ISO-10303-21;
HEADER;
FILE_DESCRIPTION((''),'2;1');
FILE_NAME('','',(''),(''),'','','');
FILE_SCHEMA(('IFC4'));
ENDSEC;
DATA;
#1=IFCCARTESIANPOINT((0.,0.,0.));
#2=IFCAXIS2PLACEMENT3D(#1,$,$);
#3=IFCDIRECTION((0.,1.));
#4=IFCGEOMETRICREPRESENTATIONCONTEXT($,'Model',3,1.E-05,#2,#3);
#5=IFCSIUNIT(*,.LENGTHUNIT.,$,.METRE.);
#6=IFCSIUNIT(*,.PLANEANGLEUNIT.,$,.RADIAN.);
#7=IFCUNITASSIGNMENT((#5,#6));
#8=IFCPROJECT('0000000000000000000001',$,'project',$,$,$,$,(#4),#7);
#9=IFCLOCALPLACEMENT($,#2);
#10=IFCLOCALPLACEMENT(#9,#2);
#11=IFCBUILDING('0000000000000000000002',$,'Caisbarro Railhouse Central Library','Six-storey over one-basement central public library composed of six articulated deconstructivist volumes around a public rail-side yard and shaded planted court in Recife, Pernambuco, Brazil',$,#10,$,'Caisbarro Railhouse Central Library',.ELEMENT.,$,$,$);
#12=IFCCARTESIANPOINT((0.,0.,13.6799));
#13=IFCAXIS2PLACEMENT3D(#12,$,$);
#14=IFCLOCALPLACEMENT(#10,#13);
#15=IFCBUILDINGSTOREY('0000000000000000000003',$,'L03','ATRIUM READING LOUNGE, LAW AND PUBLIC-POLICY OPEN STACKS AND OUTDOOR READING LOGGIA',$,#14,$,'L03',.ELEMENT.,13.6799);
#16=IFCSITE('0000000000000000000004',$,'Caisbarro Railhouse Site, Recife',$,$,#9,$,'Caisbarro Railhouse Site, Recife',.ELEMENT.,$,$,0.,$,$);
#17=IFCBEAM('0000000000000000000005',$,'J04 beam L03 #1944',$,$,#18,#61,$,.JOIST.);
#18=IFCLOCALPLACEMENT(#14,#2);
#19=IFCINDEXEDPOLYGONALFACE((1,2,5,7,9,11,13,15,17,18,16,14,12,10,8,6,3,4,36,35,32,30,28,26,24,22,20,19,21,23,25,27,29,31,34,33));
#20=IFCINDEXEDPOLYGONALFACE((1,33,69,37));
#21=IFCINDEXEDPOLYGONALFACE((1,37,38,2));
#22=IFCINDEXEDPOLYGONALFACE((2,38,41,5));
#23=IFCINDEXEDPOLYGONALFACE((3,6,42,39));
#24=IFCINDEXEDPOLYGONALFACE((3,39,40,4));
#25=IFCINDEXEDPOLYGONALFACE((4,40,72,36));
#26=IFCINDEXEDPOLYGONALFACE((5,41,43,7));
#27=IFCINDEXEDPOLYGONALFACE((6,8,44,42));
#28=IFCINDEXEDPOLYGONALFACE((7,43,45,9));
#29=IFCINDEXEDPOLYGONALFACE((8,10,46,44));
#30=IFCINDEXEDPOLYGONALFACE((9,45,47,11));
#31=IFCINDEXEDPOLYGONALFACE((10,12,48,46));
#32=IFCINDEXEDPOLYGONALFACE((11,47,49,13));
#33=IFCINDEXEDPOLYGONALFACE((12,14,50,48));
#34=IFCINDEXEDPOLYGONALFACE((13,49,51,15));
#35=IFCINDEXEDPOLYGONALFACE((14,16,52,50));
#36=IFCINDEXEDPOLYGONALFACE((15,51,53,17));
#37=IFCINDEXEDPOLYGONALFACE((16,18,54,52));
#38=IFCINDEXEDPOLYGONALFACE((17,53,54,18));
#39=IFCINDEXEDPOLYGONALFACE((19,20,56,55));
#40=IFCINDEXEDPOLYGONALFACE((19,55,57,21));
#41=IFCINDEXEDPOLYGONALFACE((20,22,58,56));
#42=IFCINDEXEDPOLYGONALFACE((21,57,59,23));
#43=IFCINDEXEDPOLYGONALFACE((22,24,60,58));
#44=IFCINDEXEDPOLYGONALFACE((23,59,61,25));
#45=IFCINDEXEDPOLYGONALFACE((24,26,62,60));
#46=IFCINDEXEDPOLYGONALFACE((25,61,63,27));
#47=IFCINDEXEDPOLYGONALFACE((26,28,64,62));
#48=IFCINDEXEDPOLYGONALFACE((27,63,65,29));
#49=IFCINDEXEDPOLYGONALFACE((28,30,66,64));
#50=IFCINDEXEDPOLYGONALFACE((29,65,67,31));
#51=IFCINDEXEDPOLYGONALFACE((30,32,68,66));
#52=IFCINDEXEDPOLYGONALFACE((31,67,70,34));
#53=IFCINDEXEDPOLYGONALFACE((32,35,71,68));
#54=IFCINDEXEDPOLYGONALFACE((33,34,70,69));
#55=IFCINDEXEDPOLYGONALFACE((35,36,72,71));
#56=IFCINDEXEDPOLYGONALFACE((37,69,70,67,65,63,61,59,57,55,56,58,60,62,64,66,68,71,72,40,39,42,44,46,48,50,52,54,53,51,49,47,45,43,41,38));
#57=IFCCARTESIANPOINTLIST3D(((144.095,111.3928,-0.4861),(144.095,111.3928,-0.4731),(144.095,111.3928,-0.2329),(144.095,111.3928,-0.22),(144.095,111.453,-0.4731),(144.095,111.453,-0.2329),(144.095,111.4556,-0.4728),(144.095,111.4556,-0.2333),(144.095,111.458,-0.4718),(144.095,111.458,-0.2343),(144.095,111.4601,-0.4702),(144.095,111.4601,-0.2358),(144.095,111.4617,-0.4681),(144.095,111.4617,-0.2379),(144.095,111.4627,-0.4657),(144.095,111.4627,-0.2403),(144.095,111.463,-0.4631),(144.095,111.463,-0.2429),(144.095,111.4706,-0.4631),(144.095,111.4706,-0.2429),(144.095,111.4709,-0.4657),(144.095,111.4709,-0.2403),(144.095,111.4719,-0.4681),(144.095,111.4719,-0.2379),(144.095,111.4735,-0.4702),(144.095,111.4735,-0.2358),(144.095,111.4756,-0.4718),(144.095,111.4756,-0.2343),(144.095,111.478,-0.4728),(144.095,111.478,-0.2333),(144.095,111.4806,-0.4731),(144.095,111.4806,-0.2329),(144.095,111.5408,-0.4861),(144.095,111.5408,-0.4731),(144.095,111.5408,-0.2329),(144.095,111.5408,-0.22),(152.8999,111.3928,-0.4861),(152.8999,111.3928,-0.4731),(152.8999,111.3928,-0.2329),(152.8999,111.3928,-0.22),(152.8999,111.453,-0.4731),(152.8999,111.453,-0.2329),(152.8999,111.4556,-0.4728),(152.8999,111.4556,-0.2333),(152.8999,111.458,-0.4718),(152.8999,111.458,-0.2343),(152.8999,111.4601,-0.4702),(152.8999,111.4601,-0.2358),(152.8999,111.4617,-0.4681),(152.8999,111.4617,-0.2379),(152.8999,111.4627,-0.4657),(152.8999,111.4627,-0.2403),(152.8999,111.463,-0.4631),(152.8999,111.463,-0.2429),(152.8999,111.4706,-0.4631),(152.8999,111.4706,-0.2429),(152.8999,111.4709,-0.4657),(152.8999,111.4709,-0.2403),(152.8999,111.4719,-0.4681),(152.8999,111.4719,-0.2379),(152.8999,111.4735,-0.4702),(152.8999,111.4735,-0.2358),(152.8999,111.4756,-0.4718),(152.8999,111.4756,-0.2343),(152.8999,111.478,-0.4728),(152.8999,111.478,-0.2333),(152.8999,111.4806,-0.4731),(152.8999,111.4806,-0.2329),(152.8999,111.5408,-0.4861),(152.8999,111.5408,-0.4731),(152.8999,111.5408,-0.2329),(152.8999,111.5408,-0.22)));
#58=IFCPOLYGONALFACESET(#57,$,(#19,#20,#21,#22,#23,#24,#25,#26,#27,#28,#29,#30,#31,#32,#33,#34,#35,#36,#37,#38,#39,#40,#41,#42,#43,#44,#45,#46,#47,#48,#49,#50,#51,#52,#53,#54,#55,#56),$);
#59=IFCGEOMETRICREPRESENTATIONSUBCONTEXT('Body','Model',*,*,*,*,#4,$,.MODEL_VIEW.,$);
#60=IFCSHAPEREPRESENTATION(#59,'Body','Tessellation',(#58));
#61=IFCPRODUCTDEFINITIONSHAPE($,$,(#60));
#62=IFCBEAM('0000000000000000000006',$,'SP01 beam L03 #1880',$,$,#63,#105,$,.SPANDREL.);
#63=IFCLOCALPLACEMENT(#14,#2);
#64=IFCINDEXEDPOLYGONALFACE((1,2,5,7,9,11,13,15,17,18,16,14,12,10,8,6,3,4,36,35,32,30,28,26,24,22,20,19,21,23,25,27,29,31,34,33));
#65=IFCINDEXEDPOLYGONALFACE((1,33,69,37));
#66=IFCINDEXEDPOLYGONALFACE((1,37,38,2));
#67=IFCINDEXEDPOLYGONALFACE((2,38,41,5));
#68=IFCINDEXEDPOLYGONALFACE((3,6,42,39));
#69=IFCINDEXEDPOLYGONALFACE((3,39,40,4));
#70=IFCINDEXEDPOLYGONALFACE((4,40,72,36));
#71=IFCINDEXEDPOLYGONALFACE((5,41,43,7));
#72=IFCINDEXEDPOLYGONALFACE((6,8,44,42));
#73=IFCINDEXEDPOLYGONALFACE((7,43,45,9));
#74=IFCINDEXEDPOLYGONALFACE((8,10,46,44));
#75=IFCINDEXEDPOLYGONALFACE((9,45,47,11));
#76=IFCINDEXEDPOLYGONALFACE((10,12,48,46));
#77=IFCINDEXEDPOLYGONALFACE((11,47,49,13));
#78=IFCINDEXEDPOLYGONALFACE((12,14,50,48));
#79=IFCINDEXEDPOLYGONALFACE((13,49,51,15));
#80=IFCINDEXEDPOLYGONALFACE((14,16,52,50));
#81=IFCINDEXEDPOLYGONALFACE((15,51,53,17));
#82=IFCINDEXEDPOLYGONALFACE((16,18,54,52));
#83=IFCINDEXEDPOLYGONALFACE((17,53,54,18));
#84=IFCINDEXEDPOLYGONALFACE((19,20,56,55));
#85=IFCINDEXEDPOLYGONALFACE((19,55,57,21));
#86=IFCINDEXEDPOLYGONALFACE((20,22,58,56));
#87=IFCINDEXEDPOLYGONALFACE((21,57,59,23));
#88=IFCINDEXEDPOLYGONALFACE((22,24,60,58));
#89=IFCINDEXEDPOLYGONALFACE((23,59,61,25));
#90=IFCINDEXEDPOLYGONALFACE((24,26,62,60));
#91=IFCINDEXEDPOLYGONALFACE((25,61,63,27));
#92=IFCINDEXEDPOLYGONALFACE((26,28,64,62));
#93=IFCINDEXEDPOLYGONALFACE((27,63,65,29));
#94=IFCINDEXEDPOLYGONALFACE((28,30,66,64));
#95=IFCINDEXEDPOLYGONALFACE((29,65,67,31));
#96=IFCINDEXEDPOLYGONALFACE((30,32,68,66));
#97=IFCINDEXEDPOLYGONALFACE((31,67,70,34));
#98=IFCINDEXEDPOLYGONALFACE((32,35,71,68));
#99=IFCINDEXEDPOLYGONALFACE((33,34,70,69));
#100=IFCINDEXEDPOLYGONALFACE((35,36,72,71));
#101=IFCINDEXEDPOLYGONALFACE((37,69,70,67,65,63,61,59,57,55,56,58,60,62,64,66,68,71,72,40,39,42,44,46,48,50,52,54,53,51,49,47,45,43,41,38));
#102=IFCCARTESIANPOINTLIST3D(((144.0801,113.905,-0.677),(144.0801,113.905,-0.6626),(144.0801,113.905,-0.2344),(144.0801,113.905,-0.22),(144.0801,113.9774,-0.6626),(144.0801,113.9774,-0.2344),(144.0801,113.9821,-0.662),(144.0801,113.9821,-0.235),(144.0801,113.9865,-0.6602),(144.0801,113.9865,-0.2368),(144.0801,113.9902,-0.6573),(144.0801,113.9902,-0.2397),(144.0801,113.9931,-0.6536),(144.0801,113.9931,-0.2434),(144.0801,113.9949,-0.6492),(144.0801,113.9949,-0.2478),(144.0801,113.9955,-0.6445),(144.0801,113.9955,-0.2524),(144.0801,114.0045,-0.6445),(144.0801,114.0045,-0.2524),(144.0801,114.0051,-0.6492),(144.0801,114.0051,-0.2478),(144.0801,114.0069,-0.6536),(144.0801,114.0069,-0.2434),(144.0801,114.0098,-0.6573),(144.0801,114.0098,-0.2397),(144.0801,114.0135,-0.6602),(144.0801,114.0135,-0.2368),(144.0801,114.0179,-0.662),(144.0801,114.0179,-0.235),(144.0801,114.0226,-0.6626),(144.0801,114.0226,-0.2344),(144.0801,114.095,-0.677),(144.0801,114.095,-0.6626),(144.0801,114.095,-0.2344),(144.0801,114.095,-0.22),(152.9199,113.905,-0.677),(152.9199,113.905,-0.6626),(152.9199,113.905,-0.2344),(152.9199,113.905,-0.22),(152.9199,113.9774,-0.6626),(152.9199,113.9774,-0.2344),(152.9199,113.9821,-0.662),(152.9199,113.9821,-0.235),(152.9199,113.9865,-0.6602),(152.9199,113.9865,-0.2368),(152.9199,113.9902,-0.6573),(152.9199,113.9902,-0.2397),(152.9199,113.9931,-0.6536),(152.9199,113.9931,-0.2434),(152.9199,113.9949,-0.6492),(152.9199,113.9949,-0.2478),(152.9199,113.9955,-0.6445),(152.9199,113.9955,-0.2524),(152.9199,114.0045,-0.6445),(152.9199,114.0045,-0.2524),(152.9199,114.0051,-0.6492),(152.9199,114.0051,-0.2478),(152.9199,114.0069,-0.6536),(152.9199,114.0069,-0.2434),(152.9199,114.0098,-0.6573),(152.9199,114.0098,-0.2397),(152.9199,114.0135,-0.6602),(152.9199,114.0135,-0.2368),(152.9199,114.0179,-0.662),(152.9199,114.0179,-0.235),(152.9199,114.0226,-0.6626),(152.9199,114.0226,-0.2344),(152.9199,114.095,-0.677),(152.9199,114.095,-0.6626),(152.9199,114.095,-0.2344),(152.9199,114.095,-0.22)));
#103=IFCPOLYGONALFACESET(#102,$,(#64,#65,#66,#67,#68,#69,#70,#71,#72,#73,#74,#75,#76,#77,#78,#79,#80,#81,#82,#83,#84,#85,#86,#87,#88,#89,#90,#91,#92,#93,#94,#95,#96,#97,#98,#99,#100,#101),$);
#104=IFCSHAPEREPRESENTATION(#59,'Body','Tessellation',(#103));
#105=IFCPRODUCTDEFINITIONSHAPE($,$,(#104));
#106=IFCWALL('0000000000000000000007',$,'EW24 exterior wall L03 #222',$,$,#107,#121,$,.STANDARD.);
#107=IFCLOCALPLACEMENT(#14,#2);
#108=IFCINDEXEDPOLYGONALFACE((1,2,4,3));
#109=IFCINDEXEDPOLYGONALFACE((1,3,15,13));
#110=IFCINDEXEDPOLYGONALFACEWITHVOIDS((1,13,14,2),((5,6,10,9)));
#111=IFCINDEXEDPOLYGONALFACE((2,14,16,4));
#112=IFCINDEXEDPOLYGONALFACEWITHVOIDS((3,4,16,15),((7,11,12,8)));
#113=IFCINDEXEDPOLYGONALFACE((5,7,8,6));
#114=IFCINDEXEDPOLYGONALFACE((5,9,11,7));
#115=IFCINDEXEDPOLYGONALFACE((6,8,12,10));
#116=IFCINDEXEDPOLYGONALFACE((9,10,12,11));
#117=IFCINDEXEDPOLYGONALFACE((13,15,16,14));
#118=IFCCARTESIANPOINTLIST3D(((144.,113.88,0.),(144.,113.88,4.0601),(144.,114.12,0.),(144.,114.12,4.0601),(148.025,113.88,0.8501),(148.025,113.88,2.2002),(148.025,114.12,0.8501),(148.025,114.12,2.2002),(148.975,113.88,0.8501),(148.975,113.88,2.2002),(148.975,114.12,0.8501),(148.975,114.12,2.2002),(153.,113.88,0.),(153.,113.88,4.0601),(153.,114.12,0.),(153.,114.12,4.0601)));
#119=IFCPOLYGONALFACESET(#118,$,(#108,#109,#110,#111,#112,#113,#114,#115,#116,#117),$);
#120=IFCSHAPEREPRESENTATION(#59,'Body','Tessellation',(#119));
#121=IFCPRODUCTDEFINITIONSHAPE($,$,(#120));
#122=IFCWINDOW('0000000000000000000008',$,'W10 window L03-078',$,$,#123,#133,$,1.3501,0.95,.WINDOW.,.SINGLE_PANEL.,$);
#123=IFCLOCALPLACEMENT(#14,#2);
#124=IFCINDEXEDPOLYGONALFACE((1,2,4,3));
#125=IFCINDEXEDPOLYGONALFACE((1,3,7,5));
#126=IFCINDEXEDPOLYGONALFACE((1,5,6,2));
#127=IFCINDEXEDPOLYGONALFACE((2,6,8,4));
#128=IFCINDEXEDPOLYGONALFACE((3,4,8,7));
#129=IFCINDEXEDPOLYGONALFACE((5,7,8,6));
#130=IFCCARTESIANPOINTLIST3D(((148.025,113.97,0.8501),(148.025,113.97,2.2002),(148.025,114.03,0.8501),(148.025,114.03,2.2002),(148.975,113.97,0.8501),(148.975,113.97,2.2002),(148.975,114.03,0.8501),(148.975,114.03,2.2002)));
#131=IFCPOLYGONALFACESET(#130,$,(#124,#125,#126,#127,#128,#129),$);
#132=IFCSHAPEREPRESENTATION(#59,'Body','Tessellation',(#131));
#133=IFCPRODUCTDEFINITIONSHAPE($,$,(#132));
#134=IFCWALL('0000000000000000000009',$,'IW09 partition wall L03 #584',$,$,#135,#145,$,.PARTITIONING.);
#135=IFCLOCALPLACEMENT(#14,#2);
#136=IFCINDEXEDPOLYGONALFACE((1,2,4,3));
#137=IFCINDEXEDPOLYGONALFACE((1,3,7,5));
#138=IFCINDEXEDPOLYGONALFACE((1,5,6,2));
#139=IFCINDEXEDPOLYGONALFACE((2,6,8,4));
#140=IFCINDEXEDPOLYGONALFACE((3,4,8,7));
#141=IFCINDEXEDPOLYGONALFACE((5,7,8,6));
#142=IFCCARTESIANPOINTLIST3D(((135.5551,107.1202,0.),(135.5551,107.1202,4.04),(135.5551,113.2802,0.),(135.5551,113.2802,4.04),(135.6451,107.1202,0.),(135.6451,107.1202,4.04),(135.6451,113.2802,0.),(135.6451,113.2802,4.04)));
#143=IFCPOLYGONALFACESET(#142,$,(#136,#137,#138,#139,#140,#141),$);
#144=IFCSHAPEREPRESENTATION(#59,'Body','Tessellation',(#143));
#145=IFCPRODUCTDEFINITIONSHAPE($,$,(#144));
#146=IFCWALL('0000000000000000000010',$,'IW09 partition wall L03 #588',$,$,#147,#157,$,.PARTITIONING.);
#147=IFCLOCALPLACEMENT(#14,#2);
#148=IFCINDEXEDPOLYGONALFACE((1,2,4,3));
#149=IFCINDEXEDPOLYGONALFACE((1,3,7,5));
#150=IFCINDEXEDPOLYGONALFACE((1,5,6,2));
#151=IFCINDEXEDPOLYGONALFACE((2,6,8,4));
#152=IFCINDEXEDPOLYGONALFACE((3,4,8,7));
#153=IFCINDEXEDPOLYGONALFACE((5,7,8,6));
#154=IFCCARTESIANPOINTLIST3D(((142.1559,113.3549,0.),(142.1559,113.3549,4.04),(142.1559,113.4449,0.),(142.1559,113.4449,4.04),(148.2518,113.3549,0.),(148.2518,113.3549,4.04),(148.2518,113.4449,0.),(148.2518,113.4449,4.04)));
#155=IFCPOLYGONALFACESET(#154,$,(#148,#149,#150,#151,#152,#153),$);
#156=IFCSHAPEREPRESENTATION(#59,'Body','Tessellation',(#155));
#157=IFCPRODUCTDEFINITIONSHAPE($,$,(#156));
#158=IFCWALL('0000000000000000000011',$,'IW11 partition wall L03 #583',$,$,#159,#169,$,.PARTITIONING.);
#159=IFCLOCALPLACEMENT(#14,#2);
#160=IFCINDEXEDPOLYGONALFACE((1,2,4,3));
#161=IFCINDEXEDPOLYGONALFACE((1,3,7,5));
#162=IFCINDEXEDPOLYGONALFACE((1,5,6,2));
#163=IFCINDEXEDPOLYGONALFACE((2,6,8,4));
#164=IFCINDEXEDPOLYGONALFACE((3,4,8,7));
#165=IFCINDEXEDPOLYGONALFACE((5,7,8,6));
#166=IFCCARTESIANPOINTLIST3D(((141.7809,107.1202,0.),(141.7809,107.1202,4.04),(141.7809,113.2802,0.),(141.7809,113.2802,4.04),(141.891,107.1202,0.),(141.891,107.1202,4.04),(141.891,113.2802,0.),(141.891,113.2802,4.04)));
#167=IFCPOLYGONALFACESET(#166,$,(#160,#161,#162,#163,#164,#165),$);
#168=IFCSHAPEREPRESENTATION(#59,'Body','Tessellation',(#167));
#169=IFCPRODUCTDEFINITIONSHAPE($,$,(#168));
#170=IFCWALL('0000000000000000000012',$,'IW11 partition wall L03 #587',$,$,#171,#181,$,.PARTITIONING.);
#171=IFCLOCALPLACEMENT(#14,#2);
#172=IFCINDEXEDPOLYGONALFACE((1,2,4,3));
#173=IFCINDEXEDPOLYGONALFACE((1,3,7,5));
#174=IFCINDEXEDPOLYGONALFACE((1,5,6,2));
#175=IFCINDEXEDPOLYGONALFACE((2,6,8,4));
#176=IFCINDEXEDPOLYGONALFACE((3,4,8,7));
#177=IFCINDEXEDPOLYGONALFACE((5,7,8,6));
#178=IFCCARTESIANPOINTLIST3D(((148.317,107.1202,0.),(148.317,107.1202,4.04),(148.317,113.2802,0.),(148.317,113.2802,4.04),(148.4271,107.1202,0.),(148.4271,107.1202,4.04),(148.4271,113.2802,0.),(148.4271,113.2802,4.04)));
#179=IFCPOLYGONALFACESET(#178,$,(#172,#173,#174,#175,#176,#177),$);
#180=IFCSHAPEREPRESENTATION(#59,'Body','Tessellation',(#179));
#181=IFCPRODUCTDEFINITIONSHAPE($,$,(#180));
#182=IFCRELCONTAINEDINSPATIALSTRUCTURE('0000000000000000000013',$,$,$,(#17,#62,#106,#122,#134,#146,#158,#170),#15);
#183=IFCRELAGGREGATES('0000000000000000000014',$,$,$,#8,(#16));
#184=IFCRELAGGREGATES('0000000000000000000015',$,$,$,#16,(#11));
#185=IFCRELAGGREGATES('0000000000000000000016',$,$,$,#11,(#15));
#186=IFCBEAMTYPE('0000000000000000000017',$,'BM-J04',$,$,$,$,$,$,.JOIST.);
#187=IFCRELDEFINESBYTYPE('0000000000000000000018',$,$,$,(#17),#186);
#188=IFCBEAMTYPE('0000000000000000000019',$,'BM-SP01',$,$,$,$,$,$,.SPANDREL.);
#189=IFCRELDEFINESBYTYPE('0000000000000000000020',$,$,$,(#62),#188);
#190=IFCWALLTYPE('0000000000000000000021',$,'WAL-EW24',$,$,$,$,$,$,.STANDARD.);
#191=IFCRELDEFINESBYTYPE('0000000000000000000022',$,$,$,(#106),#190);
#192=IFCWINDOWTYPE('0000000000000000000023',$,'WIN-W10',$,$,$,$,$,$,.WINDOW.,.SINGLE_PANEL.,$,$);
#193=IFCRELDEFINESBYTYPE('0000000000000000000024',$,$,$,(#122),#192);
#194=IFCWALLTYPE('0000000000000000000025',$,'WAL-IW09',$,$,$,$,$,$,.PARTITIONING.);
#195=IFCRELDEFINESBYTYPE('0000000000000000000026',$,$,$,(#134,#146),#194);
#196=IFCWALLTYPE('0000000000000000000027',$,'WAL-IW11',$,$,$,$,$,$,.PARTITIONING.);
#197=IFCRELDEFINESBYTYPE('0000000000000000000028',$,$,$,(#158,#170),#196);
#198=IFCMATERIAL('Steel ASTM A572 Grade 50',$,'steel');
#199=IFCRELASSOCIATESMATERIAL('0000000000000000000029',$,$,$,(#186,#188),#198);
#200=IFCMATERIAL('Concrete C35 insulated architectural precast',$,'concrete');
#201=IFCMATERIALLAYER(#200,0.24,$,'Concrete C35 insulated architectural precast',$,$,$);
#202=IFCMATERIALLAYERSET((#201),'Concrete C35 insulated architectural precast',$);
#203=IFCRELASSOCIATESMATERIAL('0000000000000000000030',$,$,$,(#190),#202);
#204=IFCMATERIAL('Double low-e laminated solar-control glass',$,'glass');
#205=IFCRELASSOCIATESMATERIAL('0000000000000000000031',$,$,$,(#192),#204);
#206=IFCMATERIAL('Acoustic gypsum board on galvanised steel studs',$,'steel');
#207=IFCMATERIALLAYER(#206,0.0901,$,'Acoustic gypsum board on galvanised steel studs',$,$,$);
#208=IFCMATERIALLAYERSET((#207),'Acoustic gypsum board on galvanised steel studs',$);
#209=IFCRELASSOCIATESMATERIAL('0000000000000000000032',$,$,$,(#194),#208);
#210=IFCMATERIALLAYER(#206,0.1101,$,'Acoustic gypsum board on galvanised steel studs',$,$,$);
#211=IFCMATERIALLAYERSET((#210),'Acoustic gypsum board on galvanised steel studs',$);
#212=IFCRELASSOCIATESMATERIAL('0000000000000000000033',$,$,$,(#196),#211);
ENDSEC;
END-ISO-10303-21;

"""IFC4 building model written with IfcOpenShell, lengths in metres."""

from ifc_helpers import new_model, si_unit, direction, frame, frame_2d, origin, origin_2d, place, context, subcontext, project, spatial, rectangle, i_section, extrude, material, layer, layer_set, material_profile, profile_set, type_object, element, fill, save


model = new_model("IFC4")

# Units and contexts
model_context = context("Model", 3, precision=1e-05, world=origin(), true_north=direction((0.0, 1.0)))
body_context = subcontext(model_context, "Body", "Model", "MODEL_VIEW")
ifc_project = project(units=[si_unit("LENGTHUNIT", "METRE"), si_unit("PLANEANGLEUNIT", "RADIAN")], contexts=[model_context])

# Site, building, storey
site_placement = place(None, origin())
site = spatial("IfcSite", under=ifc_project, at=site_placement, Name="Caisbarro Railhouse Site, Recife", LongName="Caisbarro Railhouse Site, Recife", CompositionType="ELEMENT", RefElevation=0.0)
building_placement = place(site_placement, origin())
building = spatial("IfcBuilding", under=site, at=building_placement, Name="Caisbarro Railhouse Central Library", Description="Six-storey over one-basement central public library composed of six articulated deconstructivist volumes around a public rail-side yard and shaded planted court in Recife, Pernambuco, Brazil", LongName="Caisbarro Railhouse Central Library", CompositionType="ELEMENT")
storey_placement = place(building_placement, frame((0.0, 0.0, 13.6799)))
storey = spatial("IfcBuildingStorey", under=building, at=storey_placement, Name="L03", Description="ATRIUM READING LOUNGE, LAW AND PUBLIC-POLICY OPEN STACKS AND OUTDOOR READING LOGGIA", LongName="L03", CompositionType="ELEMENT", Elevation=13.6799)

# Shared definitions
ifc_material_1 = material(Name="Steel ASTM A572 Grade 50", Category="steel")

# Beams
ifc_material_profile_1 = material_profile(ifc_material_1, i_section(OverallWidth=0.1479, OverallDepth=0.2661, WebThickness=0.0076, FlangeThickness=0.0129, FilletRadius=0.01, at=origin_2d()), Name="W250X44.8")
ifc_profile_set_1 = profile_set([ifc_material_profile_1], Name="Steel ASTM A572 Grade 50")
beam_type_1 = type_object("IfcBeamType", Name="BM-J04", PredefinedType="JOIST", material=ifc_profile_set_1)
for number, where, z_axis, x_axis, name in (
    (1, (144.095, 111.4668, -0.353), (1.0, 0.0, 0.0), (0.0, 1.0, 0.0), "J04 beam L03 #1944"),
):
    element("IfcBeam", number, at=place(storey_placement, frame(where, z_axis=z_axis, x_axis=x_axis)), inside=storey, type_object=beam_type_1, Name=name, PredefinedType="JOIST", context=body_context, shape_type="SweptSolid", body=[
        extrude(i_section(OverallWidth=0.1479, OverallDepth=0.2661, WebThickness=0.0076, FlangeThickness=0.0129, FilletRadius=0.01, at=origin_2d()), origin(), (0.0, 0.0, 1.0), 8.8049),
    ])
ifc_material_profile_2 = material_profile(ifc_material_1, i_section(OverallWidth=0.1899, OverallDepth=0.457, WebThickness=0.009, FlangeThickness=0.0144, FilletRadius=0.0181, at=origin_2d()), Name="W460X74.0")
ifc_profile_set_2 = profile_set([ifc_material_profile_2], Name="Steel ASTM A572 Grade 50")
beam_type_2 = type_object("IfcBeamType", Name="BM-SP01", PredefinedType="SPANDREL", material=ifc_profile_set_2)
beam_placement = place(storey_placement, frame((144.0801, 114.0, -0.4485), z_axis=(1.0, 0.0, 0.0), x_axis=(0.0, 1.0, 0.0)))
element("IfcBeam", 2, at=beam_placement, inside=storey, type_object=beam_type_2, Name="SP01 beam L03 #1880", PredefinedType="SPANDREL", context=body_context, shape_type="SweptSolid", body=[
    extrude(i_section(OverallWidth=0.1899, OverallDepth=0.457, WebThickness=0.009, FlangeThickness=0.0144, FilletRadius=0.0181, at=origin_2d()), origin(), (0.0, 0.0, 1.0), 8.8398),
])

# Wall, opening, window
ifc_material_2 = material(Name="Concrete C35 insulated architectural precast", Category="concrete")
ifc_layer_1 = layer(ifc_material_2, 0.24, Name="Concrete C35 insulated architectural precast")
ifc_layer_set_1 = layer_set([ifc_layer_1], Name="Concrete C35 insulated architectural precast")
wall_type_1 = type_object("IfcWallType", Name="WAL-EW24", PredefinedType="STANDARD", material=ifc_layer_set_1)
wall_1_placement = place(storey_placement, frame((144.0, 114.0, 0.0), z_axis=(0.0, 0.0, 1.0), x_axis=(1.0, 0.0, 0.0)))
wall_1 = element("IfcWall", 3, at=wall_1_placement, inside=storey, type_object=wall_type_1, Name="EW24 exterior wall L03 #222", PredefinedType="STANDARD", context=body_context, shape_type="SweptSolid", body=[
    extrude(rectangle(XDim=9.0, YDim=0.24, at=frame_2d((4.5, 0.0))), origin(), (0.0, 0.0, 1.0), 4.0601),
])
opening_1_placement = place(wall_1_placement, frame((4.0249, 0.0, 0.8501)))
opening_1 = element("IfcOpeningElement", 4, at=opening_1_placement, cuts=wall_1, PredefinedType="OPENING", context=body_context, shape_type="SweptSolid", body=[
    extrude(rectangle(XDim=0.95, YDim=1.3501, at=frame_2d((0.4751, 0.675))), frame((0.0, 0.1299, 0.0), z_axis=(0.0, -1.0, 0.0), x_axis=(1.0, 0.0, 0.0)), (0.0, 0.0, 1.0), 0.26),
])
ifc_material_3 = material(Name="Double low-e laminated solar-control glass", Category="glass")
window_type = type_object("IfcWindowType", Name="WIN-W10", PartitioningType="SINGLE_PANEL", PredefinedType="WINDOW", material=ifc_material_3)
window_placement = place(opening_1_placement, origin())
window = element("IfcWindow", 5, at=window_placement, inside=storey, type_object=window_type, Name="W10 window L03-078", OverallHeight=1.3501, OverallWidth=0.95, PartitioningType="SINGLE_PANEL", PredefinedType="WINDOW", context=body_context, shape_type="SweptSolid", body=[
    extrude(rectangle(XDim=0.95, YDim=1.3501, at=frame_2d((0.4751, 0.675))), frame((0.0, 0.03, 0.0), z_axis=(0.0, -1.0, 0.0), x_axis=(1.0, 0.0, 0.0)), (0.0, 0.0, 1.0), 0.0601),
])
fill(opening_1, window)

# Walls
ifc_material_4 = material(Name="Acoustic gypsum board on galvanised steel studs", Category="steel")
ifc_layer_2 = layer(ifc_material_4, 0.0901, Name="Acoustic gypsum board on galvanised steel studs")
ifc_layer_set_2 = layer_set([ifc_layer_2], Name="Acoustic gypsum board on galvanised steel studs")
wall_type_2 = type_object("IfcWallType", Name="WAL-IW09", PredefinedType="PARTITIONING", material=ifc_layer_set_2)
wall_2_placement = place(storey_placement, frame((135.6001, 107.1201, 0.0), z_axis=(0.0, 0.0, 1.0), x_axis=(0.0, 1.0, 0.0)))
element("IfcWall", 6, at=wall_2_placement, inside=storey, type_object=wall_type_2, Name="IW09 partition wall L03 #584", PredefinedType="PARTITIONING", context=body_context, shape_type="SweptSolid", body=[
    extrude(rectangle(XDim=6.1599, YDim=0.0901, at=frame_2d((3.0801, 0.0))), origin(), (0.0, 0.0, 1.0), 4.04),
])
wall_3_placement = place(storey_placement, frame((142.156, 113.3999, 0.0), z_axis=(0.0, 0.0, 1.0), x_axis=(1.0, 0.0, 0.0)))
element("IfcWall", 7, at=wall_3_placement, inside=storey, type_object=wall_type_2, Name="IW09 partition wall L03 #588", PredefinedType="PARTITIONING", context=body_context, shape_type="SweptSolid", body=[
    extrude(rectangle(XDim=6.0959, YDim=0.0901, at=frame_2d((3.0479, 0.0))), origin(), (0.0, 0.0, 1.0), 4.04),
])
ifc_layer_3 = layer(ifc_material_4, 0.1101, Name="Acoustic gypsum board on galvanised steel studs")
ifc_layer_set_3 = layer_set([ifc_layer_3], Name="Acoustic gypsum board on galvanised steel studs")
wall_type_3 = type_object("IfcWallType", Name="WAL-IW11", PredefinedType="PARTITIONING", material=ifc_layer_set_3)
for number, where, z_axis, x_axis, name in (
    (8, (141.8359, 107.1201, 0.0), (0.0, 0.0, 1.0), (0.0, 1.0, 0.0), "IW11 partition wall L03 #583"),
    (9, (148.3721, 107.1201, 0.0), (0.0, 0.0, 1.0), (0.0, 1.0, 0.0), "IW11 partition wall L03 #587"),
):
    element("IfcWall", number, at=place(storey_placement, frame(where, z_axis=z_axis, x_axis=x_axis)), inside=storey, type_object=wall_type_3, Name=name, PredefinedType="PARTITIONING", context=body_context, shape_type="SweptSolid", body=[
        extrude(rectangle(XDim=6.1599, YDim=0.1101, at=frame_2d((3.0801, 0.0))), origin(), (0.0, 0.0, 1.0), 4.04),
    ])

save(model, "model.ifc")
